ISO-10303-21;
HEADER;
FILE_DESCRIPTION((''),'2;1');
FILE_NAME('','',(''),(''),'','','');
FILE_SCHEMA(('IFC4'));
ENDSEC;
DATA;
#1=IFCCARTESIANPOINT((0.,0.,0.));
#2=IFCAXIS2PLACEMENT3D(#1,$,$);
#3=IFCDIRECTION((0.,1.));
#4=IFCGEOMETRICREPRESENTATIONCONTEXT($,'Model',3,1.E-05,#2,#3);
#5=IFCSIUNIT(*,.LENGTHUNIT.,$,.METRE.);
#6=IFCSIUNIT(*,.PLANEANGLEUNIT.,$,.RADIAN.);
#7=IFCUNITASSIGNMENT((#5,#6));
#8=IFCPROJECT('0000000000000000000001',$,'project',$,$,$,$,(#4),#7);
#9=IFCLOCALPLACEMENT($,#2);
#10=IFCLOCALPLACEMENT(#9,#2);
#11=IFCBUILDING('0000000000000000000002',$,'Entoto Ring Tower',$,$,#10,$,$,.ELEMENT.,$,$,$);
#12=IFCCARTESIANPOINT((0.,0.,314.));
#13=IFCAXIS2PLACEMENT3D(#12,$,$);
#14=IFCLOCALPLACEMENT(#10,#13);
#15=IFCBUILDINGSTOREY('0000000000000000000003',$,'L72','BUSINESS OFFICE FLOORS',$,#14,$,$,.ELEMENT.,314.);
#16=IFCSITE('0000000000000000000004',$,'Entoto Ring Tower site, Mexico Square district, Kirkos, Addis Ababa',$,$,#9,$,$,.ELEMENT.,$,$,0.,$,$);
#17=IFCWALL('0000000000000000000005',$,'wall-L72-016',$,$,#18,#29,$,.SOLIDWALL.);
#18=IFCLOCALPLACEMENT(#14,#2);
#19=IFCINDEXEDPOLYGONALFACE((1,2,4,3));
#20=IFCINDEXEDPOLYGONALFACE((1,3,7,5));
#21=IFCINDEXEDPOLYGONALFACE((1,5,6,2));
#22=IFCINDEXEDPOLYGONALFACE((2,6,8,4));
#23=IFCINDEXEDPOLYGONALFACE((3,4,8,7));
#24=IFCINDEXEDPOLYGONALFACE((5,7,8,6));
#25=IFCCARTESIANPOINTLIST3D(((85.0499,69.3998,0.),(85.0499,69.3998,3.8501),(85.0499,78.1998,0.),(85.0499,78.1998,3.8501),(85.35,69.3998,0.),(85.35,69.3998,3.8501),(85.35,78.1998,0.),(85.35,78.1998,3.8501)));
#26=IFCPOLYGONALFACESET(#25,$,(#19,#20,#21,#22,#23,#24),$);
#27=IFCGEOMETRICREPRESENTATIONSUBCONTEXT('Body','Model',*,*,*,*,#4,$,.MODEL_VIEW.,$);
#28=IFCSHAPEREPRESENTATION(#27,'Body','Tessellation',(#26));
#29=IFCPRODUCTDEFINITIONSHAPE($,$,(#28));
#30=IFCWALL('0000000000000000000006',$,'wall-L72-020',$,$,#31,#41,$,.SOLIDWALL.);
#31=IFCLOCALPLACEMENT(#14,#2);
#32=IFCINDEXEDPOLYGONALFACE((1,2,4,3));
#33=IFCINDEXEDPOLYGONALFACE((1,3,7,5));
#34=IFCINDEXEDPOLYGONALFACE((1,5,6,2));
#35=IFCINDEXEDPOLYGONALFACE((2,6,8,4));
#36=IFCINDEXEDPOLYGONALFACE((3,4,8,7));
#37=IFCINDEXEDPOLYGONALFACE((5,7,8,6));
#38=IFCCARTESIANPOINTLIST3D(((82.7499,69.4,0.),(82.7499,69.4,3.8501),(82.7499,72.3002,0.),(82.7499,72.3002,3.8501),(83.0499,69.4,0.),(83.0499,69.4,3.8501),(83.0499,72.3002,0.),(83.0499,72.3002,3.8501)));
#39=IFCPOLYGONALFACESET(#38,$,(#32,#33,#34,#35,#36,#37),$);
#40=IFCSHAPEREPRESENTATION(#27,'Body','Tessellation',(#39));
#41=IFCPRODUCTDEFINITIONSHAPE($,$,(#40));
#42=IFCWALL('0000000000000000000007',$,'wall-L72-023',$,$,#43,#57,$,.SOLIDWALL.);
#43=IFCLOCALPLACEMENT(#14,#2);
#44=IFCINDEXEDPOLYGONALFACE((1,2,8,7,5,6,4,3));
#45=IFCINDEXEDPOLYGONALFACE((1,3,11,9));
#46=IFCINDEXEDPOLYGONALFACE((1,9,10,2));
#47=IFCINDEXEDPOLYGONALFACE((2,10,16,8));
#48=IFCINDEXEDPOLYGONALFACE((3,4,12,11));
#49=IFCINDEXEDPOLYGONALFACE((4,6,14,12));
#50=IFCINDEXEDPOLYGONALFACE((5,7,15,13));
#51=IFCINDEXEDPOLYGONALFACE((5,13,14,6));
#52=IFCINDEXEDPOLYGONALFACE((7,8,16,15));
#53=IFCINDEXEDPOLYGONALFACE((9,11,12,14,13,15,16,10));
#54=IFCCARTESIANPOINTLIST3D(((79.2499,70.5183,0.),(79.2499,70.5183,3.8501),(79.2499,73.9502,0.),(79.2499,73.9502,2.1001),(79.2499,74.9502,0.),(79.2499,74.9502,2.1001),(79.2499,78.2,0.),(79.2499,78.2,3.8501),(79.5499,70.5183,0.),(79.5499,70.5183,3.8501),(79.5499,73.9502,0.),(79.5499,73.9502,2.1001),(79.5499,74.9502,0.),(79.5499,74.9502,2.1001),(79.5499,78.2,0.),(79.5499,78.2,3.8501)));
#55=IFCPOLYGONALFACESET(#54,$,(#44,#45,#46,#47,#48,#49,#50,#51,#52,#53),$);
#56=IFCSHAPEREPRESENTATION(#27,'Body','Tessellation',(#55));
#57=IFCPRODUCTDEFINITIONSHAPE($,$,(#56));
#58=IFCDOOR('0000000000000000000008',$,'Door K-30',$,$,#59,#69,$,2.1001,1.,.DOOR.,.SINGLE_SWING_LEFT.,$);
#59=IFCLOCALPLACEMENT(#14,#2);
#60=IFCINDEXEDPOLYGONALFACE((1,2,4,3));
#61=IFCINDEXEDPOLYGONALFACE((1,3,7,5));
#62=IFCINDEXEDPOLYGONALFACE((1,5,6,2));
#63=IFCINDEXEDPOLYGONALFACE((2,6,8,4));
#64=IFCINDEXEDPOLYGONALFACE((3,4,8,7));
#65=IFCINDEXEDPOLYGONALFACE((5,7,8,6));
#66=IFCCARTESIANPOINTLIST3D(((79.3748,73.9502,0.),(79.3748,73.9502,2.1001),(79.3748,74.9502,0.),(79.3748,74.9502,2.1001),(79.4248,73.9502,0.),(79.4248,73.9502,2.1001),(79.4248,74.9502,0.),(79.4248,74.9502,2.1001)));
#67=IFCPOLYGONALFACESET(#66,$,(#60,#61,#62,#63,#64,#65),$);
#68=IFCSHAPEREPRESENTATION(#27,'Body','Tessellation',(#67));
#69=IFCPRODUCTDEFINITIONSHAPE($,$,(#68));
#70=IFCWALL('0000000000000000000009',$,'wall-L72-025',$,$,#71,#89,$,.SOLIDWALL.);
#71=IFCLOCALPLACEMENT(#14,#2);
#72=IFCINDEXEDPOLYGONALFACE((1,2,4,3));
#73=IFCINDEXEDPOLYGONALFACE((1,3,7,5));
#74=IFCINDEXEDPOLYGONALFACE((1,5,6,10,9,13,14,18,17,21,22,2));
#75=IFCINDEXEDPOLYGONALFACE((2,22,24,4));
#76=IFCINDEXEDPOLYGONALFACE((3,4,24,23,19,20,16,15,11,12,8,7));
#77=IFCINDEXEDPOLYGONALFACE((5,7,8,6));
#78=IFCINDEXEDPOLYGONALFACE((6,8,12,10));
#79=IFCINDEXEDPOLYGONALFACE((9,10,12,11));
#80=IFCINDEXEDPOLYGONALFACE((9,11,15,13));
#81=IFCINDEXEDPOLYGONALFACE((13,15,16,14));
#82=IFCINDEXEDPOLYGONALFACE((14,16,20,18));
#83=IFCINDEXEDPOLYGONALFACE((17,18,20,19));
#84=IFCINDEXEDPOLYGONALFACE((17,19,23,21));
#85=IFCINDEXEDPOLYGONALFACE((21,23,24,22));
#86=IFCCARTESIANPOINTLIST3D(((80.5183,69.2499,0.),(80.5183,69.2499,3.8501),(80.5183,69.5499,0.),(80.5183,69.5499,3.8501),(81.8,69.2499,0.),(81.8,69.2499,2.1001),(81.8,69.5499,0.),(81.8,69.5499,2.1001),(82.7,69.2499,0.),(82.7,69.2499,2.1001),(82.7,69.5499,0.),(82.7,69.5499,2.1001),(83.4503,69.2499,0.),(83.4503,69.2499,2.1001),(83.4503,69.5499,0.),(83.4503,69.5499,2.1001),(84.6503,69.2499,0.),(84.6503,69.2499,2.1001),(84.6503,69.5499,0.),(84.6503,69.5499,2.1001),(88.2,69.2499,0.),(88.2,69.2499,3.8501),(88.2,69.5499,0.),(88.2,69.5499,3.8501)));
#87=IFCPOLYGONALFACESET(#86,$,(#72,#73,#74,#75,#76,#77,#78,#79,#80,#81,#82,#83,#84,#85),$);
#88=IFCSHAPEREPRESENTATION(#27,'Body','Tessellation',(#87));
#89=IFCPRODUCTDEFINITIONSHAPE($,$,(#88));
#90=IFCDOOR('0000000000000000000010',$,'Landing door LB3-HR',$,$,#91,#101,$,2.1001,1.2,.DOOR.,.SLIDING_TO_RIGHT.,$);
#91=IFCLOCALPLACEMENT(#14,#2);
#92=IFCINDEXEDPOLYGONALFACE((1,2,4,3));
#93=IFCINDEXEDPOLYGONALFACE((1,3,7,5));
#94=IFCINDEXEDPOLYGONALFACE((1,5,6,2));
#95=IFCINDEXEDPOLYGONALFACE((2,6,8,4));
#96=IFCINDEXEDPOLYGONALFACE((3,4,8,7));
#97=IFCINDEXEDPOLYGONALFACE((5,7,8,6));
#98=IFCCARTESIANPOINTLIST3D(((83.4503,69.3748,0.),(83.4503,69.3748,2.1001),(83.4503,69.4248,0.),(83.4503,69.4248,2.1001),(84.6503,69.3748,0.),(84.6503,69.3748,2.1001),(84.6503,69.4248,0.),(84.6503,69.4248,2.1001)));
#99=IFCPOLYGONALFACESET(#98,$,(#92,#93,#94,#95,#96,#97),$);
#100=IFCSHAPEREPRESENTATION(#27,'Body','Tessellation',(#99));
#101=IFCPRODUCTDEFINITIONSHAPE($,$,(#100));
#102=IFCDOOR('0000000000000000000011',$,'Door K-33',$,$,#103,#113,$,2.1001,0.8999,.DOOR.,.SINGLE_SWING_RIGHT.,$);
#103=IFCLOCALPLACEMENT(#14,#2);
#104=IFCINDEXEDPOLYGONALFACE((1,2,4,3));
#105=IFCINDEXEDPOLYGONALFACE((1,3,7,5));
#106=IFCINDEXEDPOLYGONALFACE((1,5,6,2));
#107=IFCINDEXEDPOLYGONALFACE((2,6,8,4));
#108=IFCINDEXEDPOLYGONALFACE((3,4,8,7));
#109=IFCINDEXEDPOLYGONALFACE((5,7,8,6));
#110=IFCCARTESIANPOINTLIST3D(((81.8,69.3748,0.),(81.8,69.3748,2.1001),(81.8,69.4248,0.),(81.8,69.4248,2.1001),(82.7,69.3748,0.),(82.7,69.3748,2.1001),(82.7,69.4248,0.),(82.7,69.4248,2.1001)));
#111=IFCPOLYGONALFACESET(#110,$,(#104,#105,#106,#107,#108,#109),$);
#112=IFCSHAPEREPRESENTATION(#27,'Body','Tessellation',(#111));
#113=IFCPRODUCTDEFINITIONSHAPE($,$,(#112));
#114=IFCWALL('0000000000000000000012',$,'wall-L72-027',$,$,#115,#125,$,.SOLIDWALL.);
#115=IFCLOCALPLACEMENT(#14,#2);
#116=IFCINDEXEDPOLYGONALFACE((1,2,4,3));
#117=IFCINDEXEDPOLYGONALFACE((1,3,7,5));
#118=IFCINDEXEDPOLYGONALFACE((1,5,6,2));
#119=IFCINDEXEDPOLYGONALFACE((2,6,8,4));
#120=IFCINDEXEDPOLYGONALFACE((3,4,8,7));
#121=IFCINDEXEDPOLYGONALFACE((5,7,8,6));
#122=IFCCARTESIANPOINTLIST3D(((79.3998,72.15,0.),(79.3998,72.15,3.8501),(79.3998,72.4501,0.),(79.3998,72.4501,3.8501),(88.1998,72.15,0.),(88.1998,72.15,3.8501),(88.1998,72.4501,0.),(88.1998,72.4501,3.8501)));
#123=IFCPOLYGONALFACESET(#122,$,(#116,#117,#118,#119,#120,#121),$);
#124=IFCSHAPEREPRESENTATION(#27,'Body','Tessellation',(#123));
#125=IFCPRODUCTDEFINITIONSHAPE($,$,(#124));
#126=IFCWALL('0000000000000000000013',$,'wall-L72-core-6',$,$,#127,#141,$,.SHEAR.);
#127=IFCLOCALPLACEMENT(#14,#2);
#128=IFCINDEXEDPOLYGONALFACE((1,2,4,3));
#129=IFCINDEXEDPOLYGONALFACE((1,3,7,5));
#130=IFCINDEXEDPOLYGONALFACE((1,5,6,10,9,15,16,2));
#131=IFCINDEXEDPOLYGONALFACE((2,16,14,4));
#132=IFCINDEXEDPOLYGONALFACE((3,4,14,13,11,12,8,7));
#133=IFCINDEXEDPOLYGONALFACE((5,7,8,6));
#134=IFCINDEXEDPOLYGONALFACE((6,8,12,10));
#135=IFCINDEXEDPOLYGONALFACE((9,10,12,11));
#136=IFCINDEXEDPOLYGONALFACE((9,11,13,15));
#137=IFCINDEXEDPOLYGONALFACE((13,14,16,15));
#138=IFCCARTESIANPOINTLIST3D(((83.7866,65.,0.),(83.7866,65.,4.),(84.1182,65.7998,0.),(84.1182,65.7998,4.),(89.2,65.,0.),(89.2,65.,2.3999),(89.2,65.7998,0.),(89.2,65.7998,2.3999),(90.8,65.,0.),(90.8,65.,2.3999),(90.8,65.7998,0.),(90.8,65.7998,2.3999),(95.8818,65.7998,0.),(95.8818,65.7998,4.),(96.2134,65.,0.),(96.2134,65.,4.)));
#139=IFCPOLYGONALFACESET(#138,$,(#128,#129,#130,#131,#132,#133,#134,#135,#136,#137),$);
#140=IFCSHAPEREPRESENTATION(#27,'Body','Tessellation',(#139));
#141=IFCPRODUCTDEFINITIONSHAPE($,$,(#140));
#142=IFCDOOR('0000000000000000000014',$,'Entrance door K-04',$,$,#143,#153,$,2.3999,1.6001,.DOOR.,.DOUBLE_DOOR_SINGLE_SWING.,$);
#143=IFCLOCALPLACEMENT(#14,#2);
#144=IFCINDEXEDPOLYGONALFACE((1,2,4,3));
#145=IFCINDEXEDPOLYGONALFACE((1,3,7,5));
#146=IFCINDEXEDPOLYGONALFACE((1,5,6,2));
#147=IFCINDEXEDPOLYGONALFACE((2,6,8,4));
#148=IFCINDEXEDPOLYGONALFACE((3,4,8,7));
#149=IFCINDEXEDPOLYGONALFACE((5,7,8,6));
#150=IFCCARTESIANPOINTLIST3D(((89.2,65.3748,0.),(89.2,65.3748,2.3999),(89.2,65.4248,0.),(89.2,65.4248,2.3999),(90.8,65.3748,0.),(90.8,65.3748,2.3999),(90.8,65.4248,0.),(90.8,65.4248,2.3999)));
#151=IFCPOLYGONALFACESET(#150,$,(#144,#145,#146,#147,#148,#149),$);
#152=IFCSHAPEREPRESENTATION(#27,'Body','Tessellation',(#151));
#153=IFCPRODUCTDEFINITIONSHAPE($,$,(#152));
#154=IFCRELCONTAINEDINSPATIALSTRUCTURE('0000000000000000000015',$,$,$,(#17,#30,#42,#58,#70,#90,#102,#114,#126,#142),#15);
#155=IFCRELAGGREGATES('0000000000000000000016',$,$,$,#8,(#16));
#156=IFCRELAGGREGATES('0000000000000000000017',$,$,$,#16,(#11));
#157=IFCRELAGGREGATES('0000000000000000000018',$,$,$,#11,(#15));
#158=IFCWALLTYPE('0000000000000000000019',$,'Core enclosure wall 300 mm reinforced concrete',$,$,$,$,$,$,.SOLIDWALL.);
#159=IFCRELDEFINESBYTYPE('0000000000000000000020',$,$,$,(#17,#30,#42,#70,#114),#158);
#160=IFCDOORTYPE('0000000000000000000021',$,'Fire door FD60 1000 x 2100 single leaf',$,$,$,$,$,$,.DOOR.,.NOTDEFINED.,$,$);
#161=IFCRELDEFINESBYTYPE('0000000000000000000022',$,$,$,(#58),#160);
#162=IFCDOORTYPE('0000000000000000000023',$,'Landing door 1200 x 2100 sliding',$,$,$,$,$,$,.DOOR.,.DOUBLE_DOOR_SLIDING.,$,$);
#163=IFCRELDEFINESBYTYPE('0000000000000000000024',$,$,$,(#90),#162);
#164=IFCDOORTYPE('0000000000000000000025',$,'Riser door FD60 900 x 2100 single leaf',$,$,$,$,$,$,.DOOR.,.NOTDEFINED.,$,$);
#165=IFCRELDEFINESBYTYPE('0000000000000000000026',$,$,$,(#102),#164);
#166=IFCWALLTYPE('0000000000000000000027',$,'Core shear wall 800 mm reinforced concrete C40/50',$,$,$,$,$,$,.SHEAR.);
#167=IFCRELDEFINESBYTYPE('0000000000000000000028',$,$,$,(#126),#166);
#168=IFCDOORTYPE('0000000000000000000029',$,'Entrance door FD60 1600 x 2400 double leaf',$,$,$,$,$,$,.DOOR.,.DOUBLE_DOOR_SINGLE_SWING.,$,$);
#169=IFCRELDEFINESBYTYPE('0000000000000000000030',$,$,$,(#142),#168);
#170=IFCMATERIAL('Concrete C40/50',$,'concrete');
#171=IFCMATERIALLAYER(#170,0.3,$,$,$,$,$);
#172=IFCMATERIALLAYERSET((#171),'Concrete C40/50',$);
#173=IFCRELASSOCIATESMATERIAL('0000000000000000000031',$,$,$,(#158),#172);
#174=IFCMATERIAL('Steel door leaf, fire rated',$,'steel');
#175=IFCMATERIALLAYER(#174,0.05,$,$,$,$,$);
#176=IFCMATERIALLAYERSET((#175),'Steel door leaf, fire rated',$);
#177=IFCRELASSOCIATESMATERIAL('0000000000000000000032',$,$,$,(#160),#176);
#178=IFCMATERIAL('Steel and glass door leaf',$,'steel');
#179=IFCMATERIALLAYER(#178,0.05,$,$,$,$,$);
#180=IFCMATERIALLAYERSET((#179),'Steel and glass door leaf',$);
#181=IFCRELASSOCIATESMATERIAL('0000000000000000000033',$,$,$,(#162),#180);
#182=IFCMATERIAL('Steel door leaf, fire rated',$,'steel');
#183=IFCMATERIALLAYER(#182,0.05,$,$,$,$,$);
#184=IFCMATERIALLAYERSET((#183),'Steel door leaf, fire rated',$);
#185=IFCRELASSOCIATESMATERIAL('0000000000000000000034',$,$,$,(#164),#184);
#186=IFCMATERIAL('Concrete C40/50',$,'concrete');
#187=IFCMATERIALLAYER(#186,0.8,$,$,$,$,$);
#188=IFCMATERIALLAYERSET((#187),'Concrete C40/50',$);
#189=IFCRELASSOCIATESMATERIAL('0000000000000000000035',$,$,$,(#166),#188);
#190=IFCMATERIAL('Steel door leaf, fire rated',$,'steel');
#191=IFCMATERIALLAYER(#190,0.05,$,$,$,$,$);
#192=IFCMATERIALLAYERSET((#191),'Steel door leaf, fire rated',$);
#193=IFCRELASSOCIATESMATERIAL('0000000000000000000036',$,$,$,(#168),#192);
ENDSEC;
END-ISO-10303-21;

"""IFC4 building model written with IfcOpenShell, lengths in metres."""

from ifc_helpers import new_model, si_unit, direction, frame, frame_2d, origin, place, context, subcontext, project, spatial, polyline, rectangle, outline, extrude, material, layer, layer_set, type_object, element, fill, save


model = new_model("IFC4")

# Units and contexts
model_context = context("Model", 3, precision=1e-05, world=origin(), true_north=direction((0.0, 1.0)))
body_context = subcontext(model_context, "Body", "Model", "MODEL_VIEW")
ifc_project = project(units=[si_unit("LENGTHUNIT", "METRE"), si_unit("PLANEANGLEUNIT", "RADIAN")], contexts=[model_context])

# Site, building, storey
site_placement = place(None, origin())
site = spatial("IfcSite", under=ifc_project, at=site_placement, Name="Entoto Ring Tower site, Mexico Square district, Kirkos, Addis Ababa", CompositionType="ELEMENT", RefElevation=0.0)
building_placement = place(site_placement, origin())
building = spatial("IfcBuilding", under=site, at=building_placement, Name="Entoto Ring Tower", CompositionType="ELEMENT")
storey_placement = place(building_placement, frame((0.0, 0.0, 314.0)))
storey = spatial("IfcBuildingStorey", under=building, at=storey_placement, Name="L72", Description="BUSINESS OFFICE FLOORS", CompositionType="ELEMENT", Elevation=314.0)

# Walls
ifc_material_1 = material(Name="Concrete C40/50", Category="concrete")
ifc_layer_1 = layer(ifc_material_1, 0.3)
ifc_layer_set_1 = layer_set([ifc_layer_1], Name="Concrete C40/50")
wall_type_1 = type_object("IfcWallType", Name="Core enclosure wall 300 mm reinforced concrete", PredefinedType="SOLIDWALL", material=ifc_layer_set_1)
wall_1_placement = place(storey_placement, frame((85.2, 69.3999, 0.0), z_axis=(0.0, 0.0, 1.0), x_axis=(0.0, 1.0, 0.0)))
element("IfcWall", 1, at=wall_1_placement, inside=storey, type_object=wall_type_1, Name="wall-L72-016", PredefinedType="SOLIDWALL", context=body_context, shape_type="SweptSolid", body=[
    extrude(rectangle(XDim=8.8, YDim=0.3, at=frame_2d((4.3999, 0.0))), origin(), (0.0, 0.0, 1.0), 3.8501),
])
wall_2_placement = place(storey_placement, frame((82.8999, 69.3999, 0.0), z_axis=(0.0, 0.0, 1.0), x_axis=(0.0, 1.0, 0.0)))
element("IfcWall", 2, at=wall_2_placement, inside=storey, type_object=wall_type_1, Name="wall-L72-020", PredefinedType="SOLIDWALL", context=body_context, shape_type="SweptSolid", body=[
    extrude(rectangle(XDim=2.9001, YDim=0.3, at=frame_2d((1.4502, 0.0))), origin(), (0.0, 0.0, 1.0), 3.8501),
])

# Wall, opening, door
wall_3_placement = place(storey_placement, frame((79.3999, 70.5183, 0.0), z_axis=(0.0, 0.0, 1.0), x_axis=(0.0, 1.0, 0.0)))
wall_3 = element("IfcWall", 3, at=wall_3_placement, inside=storey, type_object=wall_type_1, Name="wall-L72-023", PredefinedType="SOLIDWALL", context=body_context, shape_type="SweptSolid", body=[
    extrude(rectangle(XDim=7.6816, YDim=0.3, at=frame_2d((3.8408, 0.0))), origin(), (0.0, 0.0, 1.0), 3.8501),
])
opening_1_placement = place(wall_3_placement, frame((3.4319, 0.0, 0.0)))
opening_1 = element("IfcOpeningElement", 4, at=opening_1_placement, cuts=wall_3, PredefinedType="OPENING", context=body_context, shape_type="SweptSolid", body=[
    extrude(rectangle(XDim=1.0, YDim=2.1001, at=frame_2d((0.5, 1.05))), frame((0.0, 0.1602, 0.0), z_axis=(0.0, -1.0, 0.0), x_axis=(1.0, 0.0, 0.0)), (0.0, 0.0, 1.0), 0.3201),
])
ifc_material_2 = material(Name="Steel door leaf, fire rated", Category="steel")
ifc_layer_2 = layer(ifc_material_2, 0.05)
ifc_layer_set_2 = layer_set([ifc_layer_2], Name="Steel door leaf, fire rated")
door_type_1 = type_object("IfcDoorType", Name="Fire door FD60 1000 x 2100 single leaf", OperationType="NOTDEFINED", PredefinedType="DOOR", material=ifc_layer_set_2)
door_1_placement = place(opening_1_placement, frame((1.0, 0.0, 0.0), z_axis=(0.0, 0.0, 1.0), x_axis=(-1.0, 0.0, 0.0)))
door_1 = element("IfcDoor", 5, at=door_1_placement, inside=storey, type_object=door_type_1, Name="Door K-30", OperationType="SINGLE_SWING_LEFT", OverallHeight=2.1001, OverallWidth=1.0, PredefinedType="DOOR", context=body_context, shape_type="SweptSolid", body=[
    extrude(rectangle(XDim=1.0, YDim=2.1001, at=frame_2d((0.5, 1.05))), frame((0.0, 0.0249, 0.0), z_axis=(0.0, -1.0, 0.0), x_axis=(1.0, 0.0, 0.0)), (0.0, 0.0, 1.0), 0.05),
])
fill(opening_1, door_1)

# Wall, openings, doors
wall_4_placement = place(storey_placement, frame((80.5183, 69.3999, 0.0), z_axis=(0.0, 0.0, 1.0), x_axis=(1.0, 0.0, 0.0)))
wall_4 = element("IfcWall", 6, at=wall_4_placement, inside=storey, type_object=wall_type_1, Name="wall-L72-025", PredefinedType="SOLIDWALL", context=body_context, shape_type="SweptSolid", body=[
    extrude(rectangle(XDim=7.6816, YDim=0.3, at=frame_2d((3.8408, 0.0))), origin(), (0.0, 0.0, 1.0), 3.8501),
])
opening_2_placement = place(wall_4_placement, frame((2.9319, 0.0, 0.0)))
opening_2 = element("IfcOpeningElement", 7, at=opening_2_placement, cuts=wall_4, PredefinedType="OPENING", context=body_context, shape_type="SweptSolid", body=[
    extrude(rectangle(XDim=1.2, YDim=2.1001, at=frame_2d((0.6001, 1.05))), frame((0.0, 0.1602, 0.0), z_axis=(0.0, -1.0, 0.0), x_axis=(1.0, 0.0, 0.0)), (0.0, 0.0, 1.0), 0.3201),
])
opening_3_placement = place(wall_4_placement, frame((1.2817, 0.0, 0.0)))
opening_3 = element("IfcOpeningElement", 8, at=opening_3_placement, cuts=wall_4, PredefinedType="OPENING", context=body_context, shape_type="SweptSolid", body=[
    extrude(rectangle(XDim=0.8999, YDim=2.1001, at=frame_2d((0.45, 1.05))), frame((0.0, 0.1602, 0.0), z_axis=(0.0, -1.0, 0.0), x_axis=(1.0, 0.0, 0.0)), (0.0, 0.0, 1.0), 0.3201),
])
ifc_material_3 = material(Name="Steel and glass door leaf", Category="steel")
ifc_layer_3 = layer(ifc_material_3, 0.05)
ifc_layer_set_3 = layer_set([ifc_layer_3], Name="Steel and glass door leaf")
door_type_2 = type_object("IfcDoorType", Name="Landing door 1200 x 2100 sliding", OperationType="DOUBLE_DOOR_SLIDING", PredefinedType="DOOR", material=ifc_layer_set_3)
door_2_placement = place(opening_2_placement, origin())
door_2 = element("IfcDoor", 9, at=door_2_placement, inside=storey, type_object=door_type_2, Name="Landing door LB3-HR", OperationType="SLIDING_TO_RIGHT", OverallHeight=2.1001, OverallWidth=1.2, PredefinedType="DOOR", context=body_context, shape_type="SweptSolid", body=[
    extrude(rectangle(XDim=1.2, YDim=2.1001, at=frame_2d((0.6001, 1.05))), frame((0.0, 0.0249, 0.0), z_axis=(0.0, -1.0, 0.0), x_axis=(1.0, 0.0, 0.0)), (0.0, 0.0, 1.0), 0.05),
])
fill(opening_2, door_2)
ifc_material_4 = material(Name="Steel door leaf, fire rated", Category="steel")
ifc_layer_4 = layer(ifc_material_4, 0.05)
ifc_layer_set_4 = layer_set([ifc_layer_4], Name="Steel door leaf, fire rated")
door_type_3 = type_object("IfcDoorType", Name="Riser door FD60 900 x 2100 single leaf", OperationType="NOTDEFINED", PredefinedType="DOOR", material=ifc_layer_set_4)
door_3_placement = place(opening_3_placement, origin())
door_3 = element("IfcDoor", 10, at=door_3_placement, inside=storey, type_object=door_type_3, Name="Door K-33", OperationType="SINGLE_SWING_RIGHT", OverallHeight=2.1001, OverallWidth=0.8999, PredefinedType="DOOR", context=body_context, shape_type="SweptSolid", body=[
    extrude(rectangle(XDim=0.8999, YDim=2.1001, at=frame_2d((0.45, 1.05))), frame((0.0, 0.0249, 0.0), z_axis=(0.0, -1.0, 0.0), x_axis=(1.0, 0.0, 0.0)), (0.0, 0.0, 1.0), 0.05),
])
fill(opening_3, door_3)

# Wall
wall_5_placement = place(storey_placement, frame((79.3999, 72.3, 0.0), z_axis=(0.0, 0.0, 1.0), x_axis=(1.0, 0.0, 0.0)))
element("IfcWall", 11, at=wall_5_placement, inside=storey, type_object=wall_type_1, Name="wall-L72-027", PredefinedType="SOLIDWALL", context=body_context, shape_type="SweptSolid", body=[
    extrude(rectangle(XDim=8.8, YDim=0.3, at=frame_2d((4.3999, 0.0))), origin(), (0.0, 0.0, 1.0), 3.8501),
])

# Wall, opening, door
ifc_material_5 = material(Name="Concrete C40/50", Category="concrete")
ifc_layer_5 = layer(ifc_material_5, 0.8)
ifc_layer_set_5 = layer_set([ifc_layer_5], Name="Concrete C40/50")
wall_type_2 = type_object("IfcWallType", Name="Core shear wall 800 mm reinforced concrete C40/50", PredefinedType="SHEAR", material=ifc_layer_set_5)
wall_6_placement = place(storey_placement, frame((83.9524, 65.3999, 0.0), z_axis=(0.0, 0.0, 1.0), x_axis=(1.0, 0.0, 0.0)))
wall_6 = element("IfcWall", 12, at=wall_6_placement, inside=storey, type_object=wall_type_2, Name="wall-L72-core-6", PredefinedType="SHEAR", context=body_context, shape_type="SweptSolid", body=[
    extrude(outline(polyline([(-0.1658, -0.3999), (12.261, -0.3999), (11.9294, 0.3999), (0.1658, 0.3999), (-0.1658, -0.3999)])), origin(), (0.0, 0.0, 1.0), 4.0),
])
opening_4_placement = place(wall_6_placement, frame((5.2476, 0.0, 0.0)))
opening_4 = element("IfcOpeningElement", 13, at=opening_4_placement, cuts=wall_6, PredefinedType="OPENING", context=body_context, shape_type="SweptSolid", body=[
    extrude(rectangle(XDim=1.6001, YDim=2.3999, at=frame_2d((0.8, 1.2))), frame((0.0, 0.4102, 0.0), z_axis=(0.0, -1.0, 0.0), x_axis=(1.0, 0.0, 0.0)), (0.0, 0.0, 1.0), 0.8201),
])
ifc_material_6 = material(Name="Steel door leaf, fire rated", Category="steel")
ifc_layer_6 = layer(ifc_material_6, 0.05)
ifc_layer_set_6 = layer_set([ifc_layer_6], Name="Steel door leaf, fire rated")
door_type_4 = type_object("IfcDoorType", Name="Entrance door FD60 1600 x 2400 double leaf", OperationType="DOUBLE_DOOR_SINGLE_SWING", PredefinedType="DOOR", material=ifc_layer_set_6)
door_4_placement = place(opening_4_placement, origin())
door_4 = element("IfcDoor", 14, at=door_4_placement, inside=storey, type_object=door_type_4, Name="Entrance door K-04", OperationType="DOUBLE_DOOR_SINGLE_SWING", OverallHeight=2.3999, OverallWidth=1.6001, PredefinedType="DOOR", context=body_context, shape_type="SweptSolid", body=[
    extrude(rectangle(XDim=1.6001, YDim=2.3999, at=frame_2d((0.8, 1.2))), frame((0.0, 0.0249, 0.0), z_axis=(0.0, -1.0, 0.0), x_axis=(1.0, 0.0, 0.0)), (0.0, 0.0, 1.0), 0.05),
])
fill(opening_4, door_4)

save(model, "model.ifc")
